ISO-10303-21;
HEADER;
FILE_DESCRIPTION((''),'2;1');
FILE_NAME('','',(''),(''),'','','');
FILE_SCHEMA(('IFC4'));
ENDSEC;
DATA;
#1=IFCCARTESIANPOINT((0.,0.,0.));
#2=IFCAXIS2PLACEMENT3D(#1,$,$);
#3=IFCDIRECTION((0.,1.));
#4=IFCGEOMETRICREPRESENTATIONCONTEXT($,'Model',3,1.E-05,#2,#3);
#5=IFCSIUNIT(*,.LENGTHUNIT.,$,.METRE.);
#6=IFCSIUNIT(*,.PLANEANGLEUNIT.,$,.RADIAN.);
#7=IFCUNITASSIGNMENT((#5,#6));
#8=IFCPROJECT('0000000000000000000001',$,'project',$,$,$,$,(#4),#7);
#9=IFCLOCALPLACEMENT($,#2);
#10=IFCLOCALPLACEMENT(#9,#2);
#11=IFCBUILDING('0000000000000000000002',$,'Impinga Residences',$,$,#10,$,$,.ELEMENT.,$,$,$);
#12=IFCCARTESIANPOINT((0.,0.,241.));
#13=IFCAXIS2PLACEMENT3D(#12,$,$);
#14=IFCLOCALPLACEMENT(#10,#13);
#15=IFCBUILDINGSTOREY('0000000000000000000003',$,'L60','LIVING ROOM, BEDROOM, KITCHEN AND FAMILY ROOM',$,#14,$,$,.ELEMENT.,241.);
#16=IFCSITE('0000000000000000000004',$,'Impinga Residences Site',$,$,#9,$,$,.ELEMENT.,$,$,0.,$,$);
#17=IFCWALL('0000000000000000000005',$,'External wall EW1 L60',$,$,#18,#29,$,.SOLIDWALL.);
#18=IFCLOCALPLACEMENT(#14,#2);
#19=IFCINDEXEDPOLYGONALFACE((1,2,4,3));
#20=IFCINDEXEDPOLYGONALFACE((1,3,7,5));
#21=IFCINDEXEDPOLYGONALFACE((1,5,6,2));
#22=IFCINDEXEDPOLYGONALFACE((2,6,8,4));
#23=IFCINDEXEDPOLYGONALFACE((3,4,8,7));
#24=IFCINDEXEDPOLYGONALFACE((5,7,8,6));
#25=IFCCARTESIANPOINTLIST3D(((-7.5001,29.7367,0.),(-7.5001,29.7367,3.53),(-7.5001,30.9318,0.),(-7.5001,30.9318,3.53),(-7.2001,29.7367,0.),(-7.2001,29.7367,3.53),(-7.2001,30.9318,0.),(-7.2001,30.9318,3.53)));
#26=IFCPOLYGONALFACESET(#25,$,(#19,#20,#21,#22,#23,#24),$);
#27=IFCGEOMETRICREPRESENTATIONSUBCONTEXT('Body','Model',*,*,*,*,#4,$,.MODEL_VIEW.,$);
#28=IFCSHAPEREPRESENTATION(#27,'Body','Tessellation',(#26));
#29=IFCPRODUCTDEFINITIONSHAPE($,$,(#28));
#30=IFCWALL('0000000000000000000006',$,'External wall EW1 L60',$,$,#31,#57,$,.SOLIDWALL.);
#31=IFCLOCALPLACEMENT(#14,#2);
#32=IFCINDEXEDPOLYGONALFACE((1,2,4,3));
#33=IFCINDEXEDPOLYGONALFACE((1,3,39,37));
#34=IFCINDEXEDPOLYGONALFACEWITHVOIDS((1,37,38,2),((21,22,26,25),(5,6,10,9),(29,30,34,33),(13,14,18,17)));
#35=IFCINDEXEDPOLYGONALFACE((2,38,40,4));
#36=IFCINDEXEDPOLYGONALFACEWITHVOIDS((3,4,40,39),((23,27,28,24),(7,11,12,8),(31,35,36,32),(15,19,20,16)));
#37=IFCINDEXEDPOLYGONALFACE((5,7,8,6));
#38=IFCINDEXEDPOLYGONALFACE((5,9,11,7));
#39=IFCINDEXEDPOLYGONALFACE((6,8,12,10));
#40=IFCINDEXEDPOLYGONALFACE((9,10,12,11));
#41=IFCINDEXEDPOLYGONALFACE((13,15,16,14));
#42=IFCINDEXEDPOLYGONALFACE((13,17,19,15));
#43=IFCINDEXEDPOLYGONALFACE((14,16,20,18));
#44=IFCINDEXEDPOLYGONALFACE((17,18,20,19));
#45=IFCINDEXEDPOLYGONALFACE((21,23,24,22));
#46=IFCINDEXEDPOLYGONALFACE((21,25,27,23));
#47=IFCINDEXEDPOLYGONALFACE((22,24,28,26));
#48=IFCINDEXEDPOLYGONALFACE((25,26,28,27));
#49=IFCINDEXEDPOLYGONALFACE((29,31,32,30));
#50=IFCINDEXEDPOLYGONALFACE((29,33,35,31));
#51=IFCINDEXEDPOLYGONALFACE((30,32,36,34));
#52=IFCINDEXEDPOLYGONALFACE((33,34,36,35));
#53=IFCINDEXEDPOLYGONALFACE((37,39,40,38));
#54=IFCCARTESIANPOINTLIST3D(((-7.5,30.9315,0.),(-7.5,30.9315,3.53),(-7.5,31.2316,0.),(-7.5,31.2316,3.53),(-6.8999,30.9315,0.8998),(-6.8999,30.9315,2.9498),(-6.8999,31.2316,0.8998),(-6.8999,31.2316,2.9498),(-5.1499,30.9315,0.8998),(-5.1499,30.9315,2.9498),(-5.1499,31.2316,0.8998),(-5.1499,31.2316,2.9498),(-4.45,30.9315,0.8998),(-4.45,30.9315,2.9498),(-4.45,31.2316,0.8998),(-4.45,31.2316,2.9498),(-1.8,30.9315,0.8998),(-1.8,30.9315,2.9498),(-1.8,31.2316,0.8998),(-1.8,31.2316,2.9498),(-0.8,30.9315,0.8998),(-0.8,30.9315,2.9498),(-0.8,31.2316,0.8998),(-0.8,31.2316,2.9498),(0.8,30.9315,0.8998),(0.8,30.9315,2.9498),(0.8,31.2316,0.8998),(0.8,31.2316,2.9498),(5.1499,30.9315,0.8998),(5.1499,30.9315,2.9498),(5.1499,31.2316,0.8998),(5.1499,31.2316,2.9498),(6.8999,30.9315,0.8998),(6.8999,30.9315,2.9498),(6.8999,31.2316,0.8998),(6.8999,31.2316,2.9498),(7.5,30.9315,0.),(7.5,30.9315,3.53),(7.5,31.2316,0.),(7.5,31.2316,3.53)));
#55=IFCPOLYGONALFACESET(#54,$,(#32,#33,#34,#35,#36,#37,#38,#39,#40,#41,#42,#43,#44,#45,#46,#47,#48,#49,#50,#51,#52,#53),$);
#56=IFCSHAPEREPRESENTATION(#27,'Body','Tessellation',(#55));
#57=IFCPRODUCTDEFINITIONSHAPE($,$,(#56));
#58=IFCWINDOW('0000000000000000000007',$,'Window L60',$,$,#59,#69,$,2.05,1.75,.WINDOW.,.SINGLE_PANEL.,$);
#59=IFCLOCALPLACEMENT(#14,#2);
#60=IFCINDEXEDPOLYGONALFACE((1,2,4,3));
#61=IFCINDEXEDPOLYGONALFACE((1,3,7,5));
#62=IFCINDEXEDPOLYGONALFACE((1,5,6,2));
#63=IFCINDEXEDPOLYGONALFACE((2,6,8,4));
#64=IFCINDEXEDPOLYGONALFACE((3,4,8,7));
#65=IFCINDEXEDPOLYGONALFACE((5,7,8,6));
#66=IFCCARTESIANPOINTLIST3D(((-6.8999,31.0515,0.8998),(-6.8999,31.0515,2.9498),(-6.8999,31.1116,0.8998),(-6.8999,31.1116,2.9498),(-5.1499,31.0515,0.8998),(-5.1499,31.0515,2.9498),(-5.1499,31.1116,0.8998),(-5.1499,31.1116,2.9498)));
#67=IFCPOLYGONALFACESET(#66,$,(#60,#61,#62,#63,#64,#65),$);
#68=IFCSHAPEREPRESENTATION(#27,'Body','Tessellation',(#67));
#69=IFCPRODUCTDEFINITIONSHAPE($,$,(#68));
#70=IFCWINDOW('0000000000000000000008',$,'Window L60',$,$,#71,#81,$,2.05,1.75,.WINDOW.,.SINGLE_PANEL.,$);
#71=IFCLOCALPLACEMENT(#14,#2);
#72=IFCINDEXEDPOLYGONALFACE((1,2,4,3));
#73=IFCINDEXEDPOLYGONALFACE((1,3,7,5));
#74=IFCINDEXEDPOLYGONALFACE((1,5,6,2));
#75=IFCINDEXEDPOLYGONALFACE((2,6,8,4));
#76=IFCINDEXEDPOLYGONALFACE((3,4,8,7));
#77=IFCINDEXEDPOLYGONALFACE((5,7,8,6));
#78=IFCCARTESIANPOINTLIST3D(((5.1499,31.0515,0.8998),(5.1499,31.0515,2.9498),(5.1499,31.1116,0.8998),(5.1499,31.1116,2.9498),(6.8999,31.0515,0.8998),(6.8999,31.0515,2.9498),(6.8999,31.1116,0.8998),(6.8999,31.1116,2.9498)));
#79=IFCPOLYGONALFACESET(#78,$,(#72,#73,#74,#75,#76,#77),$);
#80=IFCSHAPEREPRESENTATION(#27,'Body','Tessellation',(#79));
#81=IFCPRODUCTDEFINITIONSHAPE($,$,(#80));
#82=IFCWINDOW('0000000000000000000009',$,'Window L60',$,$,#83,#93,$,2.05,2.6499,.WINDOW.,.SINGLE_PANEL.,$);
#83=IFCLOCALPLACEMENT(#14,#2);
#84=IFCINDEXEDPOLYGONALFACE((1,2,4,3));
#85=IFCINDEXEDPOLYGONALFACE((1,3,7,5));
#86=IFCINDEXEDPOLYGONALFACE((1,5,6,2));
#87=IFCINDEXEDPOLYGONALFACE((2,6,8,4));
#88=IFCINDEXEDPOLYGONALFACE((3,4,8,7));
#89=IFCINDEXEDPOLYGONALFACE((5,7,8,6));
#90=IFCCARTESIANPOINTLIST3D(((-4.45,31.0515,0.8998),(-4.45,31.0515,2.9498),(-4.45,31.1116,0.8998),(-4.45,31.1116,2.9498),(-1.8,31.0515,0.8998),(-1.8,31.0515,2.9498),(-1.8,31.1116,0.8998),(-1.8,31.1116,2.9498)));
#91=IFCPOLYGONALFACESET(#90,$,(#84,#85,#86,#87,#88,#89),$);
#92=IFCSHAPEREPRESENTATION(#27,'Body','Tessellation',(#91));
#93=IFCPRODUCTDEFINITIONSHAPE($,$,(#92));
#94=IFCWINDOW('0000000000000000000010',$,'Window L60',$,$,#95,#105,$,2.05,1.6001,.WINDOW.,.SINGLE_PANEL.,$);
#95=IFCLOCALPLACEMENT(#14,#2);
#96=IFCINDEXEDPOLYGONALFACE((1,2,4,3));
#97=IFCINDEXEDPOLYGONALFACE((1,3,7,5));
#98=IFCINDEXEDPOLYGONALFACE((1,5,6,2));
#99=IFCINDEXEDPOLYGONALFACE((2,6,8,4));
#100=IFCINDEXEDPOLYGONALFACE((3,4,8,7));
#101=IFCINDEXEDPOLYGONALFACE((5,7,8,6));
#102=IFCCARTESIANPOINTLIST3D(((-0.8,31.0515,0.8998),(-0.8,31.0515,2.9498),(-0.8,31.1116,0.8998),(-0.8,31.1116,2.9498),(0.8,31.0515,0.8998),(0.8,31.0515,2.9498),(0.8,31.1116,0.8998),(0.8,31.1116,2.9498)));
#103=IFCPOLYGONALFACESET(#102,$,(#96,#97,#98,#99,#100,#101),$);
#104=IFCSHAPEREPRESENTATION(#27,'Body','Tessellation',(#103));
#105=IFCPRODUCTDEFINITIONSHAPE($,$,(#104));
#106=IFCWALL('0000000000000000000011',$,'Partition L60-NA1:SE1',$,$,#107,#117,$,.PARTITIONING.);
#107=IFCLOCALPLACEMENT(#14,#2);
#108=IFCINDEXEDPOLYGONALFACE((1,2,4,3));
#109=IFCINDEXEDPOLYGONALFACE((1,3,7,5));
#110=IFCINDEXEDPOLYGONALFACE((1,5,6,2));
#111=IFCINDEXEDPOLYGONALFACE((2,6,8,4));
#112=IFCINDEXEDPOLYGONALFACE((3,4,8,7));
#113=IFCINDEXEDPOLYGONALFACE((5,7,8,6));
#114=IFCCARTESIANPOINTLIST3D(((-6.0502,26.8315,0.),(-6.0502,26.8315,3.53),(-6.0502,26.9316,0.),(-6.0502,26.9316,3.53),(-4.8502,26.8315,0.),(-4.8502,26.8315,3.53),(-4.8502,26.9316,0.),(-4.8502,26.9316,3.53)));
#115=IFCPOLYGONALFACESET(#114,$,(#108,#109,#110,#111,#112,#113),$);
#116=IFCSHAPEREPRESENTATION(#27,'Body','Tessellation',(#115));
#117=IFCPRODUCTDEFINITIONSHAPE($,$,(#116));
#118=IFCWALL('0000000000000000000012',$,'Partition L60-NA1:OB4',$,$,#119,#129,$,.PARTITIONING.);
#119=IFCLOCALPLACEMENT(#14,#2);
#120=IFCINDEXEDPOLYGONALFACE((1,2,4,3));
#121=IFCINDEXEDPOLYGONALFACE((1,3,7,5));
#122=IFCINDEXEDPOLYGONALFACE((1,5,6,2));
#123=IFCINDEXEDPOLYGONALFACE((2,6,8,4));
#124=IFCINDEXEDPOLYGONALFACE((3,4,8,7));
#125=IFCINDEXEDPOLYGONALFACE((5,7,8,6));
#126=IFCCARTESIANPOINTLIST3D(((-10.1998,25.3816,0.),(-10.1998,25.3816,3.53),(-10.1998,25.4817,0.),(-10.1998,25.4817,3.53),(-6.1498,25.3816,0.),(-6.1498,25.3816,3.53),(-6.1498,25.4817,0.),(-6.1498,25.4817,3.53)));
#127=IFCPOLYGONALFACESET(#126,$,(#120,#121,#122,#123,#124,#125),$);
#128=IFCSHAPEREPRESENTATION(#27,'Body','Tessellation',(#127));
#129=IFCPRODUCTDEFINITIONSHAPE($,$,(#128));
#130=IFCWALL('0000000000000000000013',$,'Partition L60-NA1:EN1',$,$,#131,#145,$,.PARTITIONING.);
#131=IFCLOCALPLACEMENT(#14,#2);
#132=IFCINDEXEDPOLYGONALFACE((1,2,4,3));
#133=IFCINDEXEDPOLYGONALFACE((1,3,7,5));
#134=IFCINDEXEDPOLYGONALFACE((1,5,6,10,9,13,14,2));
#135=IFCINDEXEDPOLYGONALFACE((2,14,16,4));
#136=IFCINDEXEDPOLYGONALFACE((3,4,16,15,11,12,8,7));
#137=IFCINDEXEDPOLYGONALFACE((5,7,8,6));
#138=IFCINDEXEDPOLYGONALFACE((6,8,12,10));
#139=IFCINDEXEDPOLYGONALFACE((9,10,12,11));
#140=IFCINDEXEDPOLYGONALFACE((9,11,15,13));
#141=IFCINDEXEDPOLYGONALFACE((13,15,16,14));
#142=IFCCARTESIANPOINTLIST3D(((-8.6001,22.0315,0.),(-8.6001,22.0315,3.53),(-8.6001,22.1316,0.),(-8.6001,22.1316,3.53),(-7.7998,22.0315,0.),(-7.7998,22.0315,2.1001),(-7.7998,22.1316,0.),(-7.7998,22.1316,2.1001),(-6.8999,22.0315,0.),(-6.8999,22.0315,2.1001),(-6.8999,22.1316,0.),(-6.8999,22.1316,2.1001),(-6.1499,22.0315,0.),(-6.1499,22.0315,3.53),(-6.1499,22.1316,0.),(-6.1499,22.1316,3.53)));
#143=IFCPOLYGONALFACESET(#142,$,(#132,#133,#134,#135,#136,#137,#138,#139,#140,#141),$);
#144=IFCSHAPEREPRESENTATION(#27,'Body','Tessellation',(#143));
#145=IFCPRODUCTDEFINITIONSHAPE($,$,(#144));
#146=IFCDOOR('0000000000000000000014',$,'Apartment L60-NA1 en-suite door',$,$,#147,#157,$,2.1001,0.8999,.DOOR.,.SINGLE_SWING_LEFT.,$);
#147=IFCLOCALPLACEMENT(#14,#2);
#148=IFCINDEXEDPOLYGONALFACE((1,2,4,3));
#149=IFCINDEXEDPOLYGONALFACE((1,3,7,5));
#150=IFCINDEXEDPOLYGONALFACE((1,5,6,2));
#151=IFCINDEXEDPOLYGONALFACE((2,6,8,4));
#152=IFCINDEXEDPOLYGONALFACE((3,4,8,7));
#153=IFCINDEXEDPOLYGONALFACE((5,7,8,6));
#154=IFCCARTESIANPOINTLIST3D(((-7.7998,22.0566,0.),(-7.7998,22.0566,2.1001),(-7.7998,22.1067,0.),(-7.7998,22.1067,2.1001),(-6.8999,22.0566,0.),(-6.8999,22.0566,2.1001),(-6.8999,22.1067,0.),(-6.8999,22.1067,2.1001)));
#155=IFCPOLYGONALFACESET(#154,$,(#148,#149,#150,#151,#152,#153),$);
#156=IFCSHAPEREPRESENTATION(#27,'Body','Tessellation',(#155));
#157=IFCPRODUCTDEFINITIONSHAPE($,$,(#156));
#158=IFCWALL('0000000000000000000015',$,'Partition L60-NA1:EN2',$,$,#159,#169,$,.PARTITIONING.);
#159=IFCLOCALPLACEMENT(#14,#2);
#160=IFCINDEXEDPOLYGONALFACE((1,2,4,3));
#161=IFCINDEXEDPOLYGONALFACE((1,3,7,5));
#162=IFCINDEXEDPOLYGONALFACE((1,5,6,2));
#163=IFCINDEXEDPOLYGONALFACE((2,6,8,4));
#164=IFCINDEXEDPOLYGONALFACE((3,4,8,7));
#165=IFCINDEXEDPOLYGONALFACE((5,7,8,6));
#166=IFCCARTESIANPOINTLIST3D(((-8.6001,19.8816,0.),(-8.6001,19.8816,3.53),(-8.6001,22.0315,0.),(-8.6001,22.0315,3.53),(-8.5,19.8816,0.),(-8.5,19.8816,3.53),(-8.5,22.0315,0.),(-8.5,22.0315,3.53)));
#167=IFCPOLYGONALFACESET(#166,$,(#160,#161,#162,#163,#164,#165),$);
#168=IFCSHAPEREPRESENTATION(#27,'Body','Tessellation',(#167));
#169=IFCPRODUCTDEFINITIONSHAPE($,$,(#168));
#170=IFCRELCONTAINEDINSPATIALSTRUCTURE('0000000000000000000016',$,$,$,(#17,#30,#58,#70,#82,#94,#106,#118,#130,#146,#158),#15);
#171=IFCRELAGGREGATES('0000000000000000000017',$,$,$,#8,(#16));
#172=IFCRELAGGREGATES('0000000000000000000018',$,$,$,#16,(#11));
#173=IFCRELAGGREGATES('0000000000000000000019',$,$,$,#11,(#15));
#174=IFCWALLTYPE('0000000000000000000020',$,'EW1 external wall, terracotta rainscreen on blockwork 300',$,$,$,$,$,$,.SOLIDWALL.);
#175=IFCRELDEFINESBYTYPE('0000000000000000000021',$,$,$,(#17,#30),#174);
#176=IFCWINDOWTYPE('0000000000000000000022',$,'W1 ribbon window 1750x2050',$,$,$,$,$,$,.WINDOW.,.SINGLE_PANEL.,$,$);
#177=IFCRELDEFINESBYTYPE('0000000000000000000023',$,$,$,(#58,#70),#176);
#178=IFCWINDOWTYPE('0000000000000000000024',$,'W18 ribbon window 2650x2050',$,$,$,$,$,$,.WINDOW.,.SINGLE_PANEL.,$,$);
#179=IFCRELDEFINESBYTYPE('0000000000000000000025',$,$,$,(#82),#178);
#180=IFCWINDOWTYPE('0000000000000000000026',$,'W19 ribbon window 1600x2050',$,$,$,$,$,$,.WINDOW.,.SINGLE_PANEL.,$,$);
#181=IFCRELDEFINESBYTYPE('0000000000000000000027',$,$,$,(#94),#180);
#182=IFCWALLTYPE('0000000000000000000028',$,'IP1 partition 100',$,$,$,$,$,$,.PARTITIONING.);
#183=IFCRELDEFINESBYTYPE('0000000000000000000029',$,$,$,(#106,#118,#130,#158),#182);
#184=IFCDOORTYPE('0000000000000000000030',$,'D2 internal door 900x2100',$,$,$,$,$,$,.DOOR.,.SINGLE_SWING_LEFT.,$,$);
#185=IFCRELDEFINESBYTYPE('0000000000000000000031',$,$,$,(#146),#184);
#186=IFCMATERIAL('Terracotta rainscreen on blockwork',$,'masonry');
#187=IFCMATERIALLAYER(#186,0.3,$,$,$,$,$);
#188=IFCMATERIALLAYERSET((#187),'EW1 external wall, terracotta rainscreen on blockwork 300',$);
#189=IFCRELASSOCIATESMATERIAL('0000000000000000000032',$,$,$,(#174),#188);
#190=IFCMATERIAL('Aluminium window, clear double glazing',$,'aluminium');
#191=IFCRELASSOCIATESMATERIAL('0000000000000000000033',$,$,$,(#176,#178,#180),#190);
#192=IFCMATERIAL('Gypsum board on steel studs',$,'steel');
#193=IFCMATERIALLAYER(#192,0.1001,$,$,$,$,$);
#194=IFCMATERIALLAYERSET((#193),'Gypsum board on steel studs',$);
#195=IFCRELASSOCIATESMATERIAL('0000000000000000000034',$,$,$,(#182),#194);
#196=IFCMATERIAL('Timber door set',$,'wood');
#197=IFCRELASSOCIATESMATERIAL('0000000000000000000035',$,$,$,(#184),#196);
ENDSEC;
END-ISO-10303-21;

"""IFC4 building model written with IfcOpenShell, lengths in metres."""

from ifc_helpers import new_model, si_unit, direction, frame, frame_2d, origin, place, context, subcontext, project, spatial, rectangle, extrude, material, layer, layer_set, type_object, element, fill, save


model = new_model("IFC4")

# Units and contexts
model_context = context("Model", 3, precision=1e-05, world=origin(), true_north=direction((0.0, 1.0)))
body_context = subcontext(model_context, "Body", "Model", "MODEL_VIEW")
ifc_project = project(units=[si_unit("LENGTHUNIT", "METRE"), si_unit("PLANEANGLEUNIT", "RADIAN")], contexts=[model_context])

# Site, building, storey
site_placement = place(None, origin())
site = spatial("IfcSite", under=ifc_project, at=site_placement, Name="Impinga Residences Site", CompositionType="ELEMENT", RefElevation=0.0)
building_placement = place(site_placement, origin())
building = spatial("IfcBuilding", under=site, at=building_placement, Name="Impinga Residences", CompositionType="ELEMENT")
storey_placement = place(building_placement, frame((0.0, 0.0, 241.0)))
storey = spatial("IfcBuildingStorey", under=building, at=storey_placement, Name="L60", Description="LIVING ROOM, BEDROOM, KITCHEN AND FAMILY ROOM", CompositionType="ELEMENT", Elevation=241.0)

# Shared definitions
ifc_material_1 = material(Name="Timber door set", Category="wood")

# Wall
ifc_material_2 = material(Name="Terracotta rainscreen on blockwork", Category="masonry")
ifc_layer_1 = layer(ifc_material_2, 0.3)
ifc_layer_set_1 = layer_set([ifc_layer_1], Name="EW1 external wall, terracotta rainscreen on blockwork 300")
wall_type_1 = type_object("IfcWallType", Name="EW1 external wall, terracotta rainscreen on blockwork 300", PredefinedType="SOLIDWALL", material=ifc_layer_set_1)
wall_1_placement = place(storey_placement, frame((-7.3501, 29.7366, 0.0), z_axis=(0.0, 0.0, 1.0), x_axis=(0.0, 1.0, 0.0)))
element("IfcWall", 1, at=wall_1_placement, inside=storey, type_object=wall_type_1, Name="External wall EW1 L60", PredefinedType="SOLIDWALL", context=body_context, shape_type="SweptSolid", body=[
    extrude(rectangle(XDim=1.1951, YDim=0.3, at=frame_2d((0.5977, 0.0))), origin(), (0.0, 0.0, 1.0), 3.53),
])

# Wall, openings, windows
wall_2_placement = place(storey_placement, frame((-7.5, 31.0815, 0.0), z_axis=(0.0, 0.0, 1.0), x_axis=(1.0, 0.0, 0.0)))
wall_2 = element("IfcWall", 2, at=wall_2_placement, inside=storey, type_object=wall_type_1, Name="External wall EW1 L60", PredefinedType="SOLIDWALL", context=body_context, shape_type="SweptSolid", body=[
    extrude(rectangle(XDim=15.0, YDim=0.3, at=frame_2d((7.5, 0.0))), origin(), (0.0, 0.0, 1.0), 3.53),
])
opening_1_placement = place(wall_2_placement, frame((0.6001, 0.0, 0.8999)))
opening_1 = element("IfcOpeningElement", 3, at=opening_1_placement, cuts=wall_2, PredefinedType="OPENING", context=body_context, shape_type="SweptSolid", body=[
    extrude(rectangle(XDim=1.75, YDim=2.05, at=frame_2d((0.875, 1.0249))), frame((0.0, 0.1599, 0.0), z_axis=(0.0, -1.0, 0.0), x_axis=(1.0, 0.0, 0.0)), (0.0, 0.0, 1.0), 0.3201),
])
opening_2_placement = place(wall_2_placement, frame((3.05, 0.0, 0.8999)))
opening_2 = element("IfcOpeningElement", 4, at=opening_2_placement, cuts=wall_2, PredefinedType="OPENING", context=body_context, shape_type="SweptSolid", body=[
    extrude(rectangle(XDim=2.6499, YDim=2.05, at=frame_2d((1.325, 1.0249))), frame((0.0, 0.1599, 0.0), z_axis=(0.0, -1.0, 0.0), x_axis=(1.0, 0.0, 0.0)), (0.0, 0.0, 1.0), 0.3201),
])
opening_3_placement = place(wall_2_placement, frame((6.7, 0.0, 0.8999)))
opening_3 = element("IfcOpeningElement", 5, at=opening_3_placement, cuts=wall_2, PredefinedType="OPENING", context=body_context, shape_type="SweptSolid", body=[
    extrude(rectangle(XDim=1.6001, YDim=2.05, at=frame_2d((0.8, 1.0249))), frame((0.0, 0.1599, 0.0), z_axis=(0.0, -1.0, 0.0), x_axis=(1.0, 0.0, 0.0)), (0.0, 0.0, 1.0), 0.3201),
])
opening_4_placement = place(wall_2_placement, frame((12.6499, 0.0, 0.8999)))
opening_4 = element("IfcOpeningElement", 6, at=opening_4_placement, cuts=wall_2, PredefinedType="OPENING", context=body_context, shape_type="SweptSolid", body=[
    extrude(rectangle(XDim=1.75, YDim=2.05, at=frame_2d((0.875, 1.0249))), frame((0.0, 0.1599, 0.0), z_axis=(0.0, -1.0, 0.0), x_axis=(1.0, 0.0, 0.0)), (0.0, 0.0, 1.0), 0.3201),
])
ifc_material_3 = material(Name="Aluminium window, clear double glazing", Category="aluminium")
window_type_1 = type_object("IfcWindowType", Name="W1 ribbon window 1750x2050", PartitioningType="SINGLE_PANEL", PredefinedType="WINDOW", material=ifc_material_3)
window_1_placement = place(opening_1_placement, origin())
window_1 = element("IfcWindow", 7, at=window_1_placement, inside=storey, type_object=window_type_1, Name="Window L60", OverallHeight=2.05, OverallWidth=1.75, PartitioningType="SINGLE_PANEL", PredefinedType="WINDOW", context=body_context, shape_type="SweptSolid", body=[
    extrude(rectangle(XDim=1.75, YDim=2.05, at=frame_2d((0.875, 1.0249))), frame((0.0, 0.03, 0.0), z_axis=(0.0, -1.0, 0.0), x_axis=(1.0, 0.0, 0.0)), (0.0, 0.0, 1.0), 0.0601),
])
fill(opening_1, window_1)
window_2_placement = place(opening_4_placement, origin())
window_2 = element("IfcWindow", 8, at=window_2_placement, inside=storey, type_object=window_type_1, Name="Window L60", OverallHeight=2.05, OverallWidth=1.75, PartitioningType="SINGLE_PANEL", PredefinedType="WINDOW", context=body_context, shape_type="SweptSolid", body=[
    extrude(rectangle(XDim=1.75, YDim=2.05, at=frame_2d((0.875, 1.0249))), frame((0.0, 0.03, 0.0), z_axis=(0.0, -1.0, 0.0), x_axis=(1.0, 0.0, 0.0)), (0.0, 0.0, 1.0), 0.0601),
])
fill(opening_4, window_2)
window_type_2 = type_object("IfcWindowType", Name="W18 ribbon window 2650x2050", PartitioningType="SINGLE_PANEL", PredefinedType="WINDOW", material=ifc_material_3)
window_3_placement = place(opening_2_placement, origin())
window_3 = element("IfcWindow", 9, at=window_3_placement, inside=storey, type_object=window_type_2, Name="Window L60", OverallHeight=2.05, OverallWidth=2.6499, PartitioningType="SINGLE_PANEL", PredefinedType="WINDOW", context=body_context, shape_type="SweptSolid", body=[
    extrude(rectangle(XDim=2.6499, YDim=2.05, at=frame_2d((1.325, 1.0249))), frame((0.0, 0.03, 0.0), z_axis=(0.0, -1.0, 0.0), x_axis=(1.0, 0.0, 0.0)), (0.0, 0.0, 1.0), 0.0601),
])
fill(opening_2, window_3)
window_type_3 = type_object("IfcWindowType", Name="W19 ribbon window 1600x2050", PartitioningType="SINGLE_PANEL", PredefinedType="WINDOW", material=ifc_material_3)
window_4_placement = place(opening_3_placement, origin())
window_4 = element("IfcWindow", 10, at=window_4_placement, inside=storey, type_object=window_type_3, Name="Window L60", OverallHeight=2.05, OverallWidth=1.6001, PartitioningType="SINGLE_PANEL", PredefinedType="WINDOW", context=body_context, shape_type="SweptSolid", body=[
    extrude(rectangle(XDim=1.6001, YDim=2.05, at=frame_2d((0.8, 1.0249))), frame((0.0, 0.03, 0.0), z_axis=(0.0, -1.0, 0.0), x_axis=(1.0, 0.0, 0.0)), (0.0, 0.0, 1.0), 0.0601),
])
fill(opening_3, window_4)

# Walls
ifc_material_4 = material(Name="Gypsum board on steel studs", Category="steel")
ifc_layer_2 = layer(ifc_material_4, 0.1001)
ifc_layer_set_2 = layer_set([ifc_layer_2], Name="Gypsum board on steel studs")
wall_type_2 = type_object("IfcWallType", Name="IP1 partition 100", PredefinedType="PARTITIONING", material=ifc_layer_set_2)
wall_3_placement = place(storey_placement, frame((-4.8501, 26.8816, 0.0), z_axis=(0.0, 0.0, 1.0), x_axis=(-1.0, 0.0, 0.0)))
element("IfcWall", 11, at=wall_3_placement, inside=storey, type_object=wall_type_2, Name="Partition L60-NA1:SE1", PredefinedType="PARTITIONING", context=body_context, shape_type="SweptSolid", body=[
    extrude(rectangle(XDim=1.2, YDim=0.1001, at=frame_2d((0.6001, 0.0))), origin(), (0.0, 0.0, 1.0), 3.53),
])
wall_4_placement = place(storey_placement, frame((-6.1499, 25.4316, 0.0), z_axis=(0.0, 0.0, 1.0), x_axis=(-1.0, 0.0, 0.0)))
element("IfcWall", 12, at=wall_4_placement, inside=storey, type_object=wall_type_2, Name="Partition L60-NA1:OB4", PredefinedType="PARTITIONING", context=body_context, shape_type="SweptSolid", body=[
    extrude(rectangle(XDim=4.05, YDim=0.1001, at=frame_2d((2.0249, 0.0))), origin(), (0.0, 0.0, 1.0), 3.53),
])

# Wall, opening, door
wall_5_placement = place(storey_placement, frame((-6.1499, 22.0815, 0.0), z_axis=(0.0, 0.0, 1.0), x_axis=(-1.0, 0.0, 0.0)))
wall_5 = element("IfcWall", 13, at=wall_5_placement, inside=storey, type_object=wall_type_2, Name="Partition L60-NA1:EN1", PredefinedType="PARTITIONING", context=body_context, shape_type="SweptSolid", body=[
    extrude(rectangle(XDim=2.4502, YDim=0.1001, at=frame_2d((1.2251, 0.0))), origin(), (0.0, 0.0, 1.0), 3.53),
])
opening_5_placement = place(wall_5_placement, frame((0.75, 0.0, 0.0)))
opening_5 = element("IfcOpeningElement", 14, at=opening_5_placement, cuts=wall_5, PredefinedType="OPENING", context=body_context, shape_type="SweptSolid", body=[
    extrude(rectangle(XDim=0.8999, YDim=2.1001, at=frame_2d((0.45, 1.05))), frame((0.0, 0.0601, 0.0), z_axis=(0.0, -1.0, 0.0), x_axis=(1.0, 0.0, 0.0)), (0.0, 0.0, 1.0), 0.1201),
])
door_type_1 = type_object("IfcDoorType", Name="D2 internal door 900x2100", OperationType="SINGLE_SWING_LEFT", PredefinedType="DOOR", material=ifc_material_1)
door_1_placement = place(opening_5_placement, origin())
door_1 = element("IfcDoor", 15, at=door_1_placement, inside=storey, type_object=door_type_1, Name="Apartment L60-NA1 en-suite door", OperationType="SINGLE_SWING_LEFT", OverallHeight=2.1001, OverallWidth=0.8999, PredefinedType="DOOR", context=body_context, shape_type="SweptSolid", body=[
    extrude(rectangle(XDim=0.8999, YDim=2.1001, at=frame_2d((0.45, 1.05))), frame((0.0, 0.0249, 0.0), z_axis=(0.0, -1.0, 0.0), x_axis=(1.0, 0.0, 0.0)), (0.0, 0.0, 1.0), 0.05),
])
fill(opening_5, door_1)

# Wall
wall_6_placement = place(storey_placement, frame((-8.55, 19.8816, 0.0), z_axis=(0.0, 0.0, 1.0), x_axis=(0.0, 1.0, 0.0)))
element("IfcWall", 16, at=wall_6_placement, inside=storey, type_object=wall_type_2, Name="Partition L60-NA1:EN2", PredefinedType="PARTITIONING", context=body_context, shape_type="SweptSolid", body=[
    extrude(rectangle(XDim=2.1499, YDim=0.1001, at=frame_2d((1.075, 0.0))), origin(), (0.0, 0.0, 1.0), 3.53),
])

save(model, "model.ifc")
